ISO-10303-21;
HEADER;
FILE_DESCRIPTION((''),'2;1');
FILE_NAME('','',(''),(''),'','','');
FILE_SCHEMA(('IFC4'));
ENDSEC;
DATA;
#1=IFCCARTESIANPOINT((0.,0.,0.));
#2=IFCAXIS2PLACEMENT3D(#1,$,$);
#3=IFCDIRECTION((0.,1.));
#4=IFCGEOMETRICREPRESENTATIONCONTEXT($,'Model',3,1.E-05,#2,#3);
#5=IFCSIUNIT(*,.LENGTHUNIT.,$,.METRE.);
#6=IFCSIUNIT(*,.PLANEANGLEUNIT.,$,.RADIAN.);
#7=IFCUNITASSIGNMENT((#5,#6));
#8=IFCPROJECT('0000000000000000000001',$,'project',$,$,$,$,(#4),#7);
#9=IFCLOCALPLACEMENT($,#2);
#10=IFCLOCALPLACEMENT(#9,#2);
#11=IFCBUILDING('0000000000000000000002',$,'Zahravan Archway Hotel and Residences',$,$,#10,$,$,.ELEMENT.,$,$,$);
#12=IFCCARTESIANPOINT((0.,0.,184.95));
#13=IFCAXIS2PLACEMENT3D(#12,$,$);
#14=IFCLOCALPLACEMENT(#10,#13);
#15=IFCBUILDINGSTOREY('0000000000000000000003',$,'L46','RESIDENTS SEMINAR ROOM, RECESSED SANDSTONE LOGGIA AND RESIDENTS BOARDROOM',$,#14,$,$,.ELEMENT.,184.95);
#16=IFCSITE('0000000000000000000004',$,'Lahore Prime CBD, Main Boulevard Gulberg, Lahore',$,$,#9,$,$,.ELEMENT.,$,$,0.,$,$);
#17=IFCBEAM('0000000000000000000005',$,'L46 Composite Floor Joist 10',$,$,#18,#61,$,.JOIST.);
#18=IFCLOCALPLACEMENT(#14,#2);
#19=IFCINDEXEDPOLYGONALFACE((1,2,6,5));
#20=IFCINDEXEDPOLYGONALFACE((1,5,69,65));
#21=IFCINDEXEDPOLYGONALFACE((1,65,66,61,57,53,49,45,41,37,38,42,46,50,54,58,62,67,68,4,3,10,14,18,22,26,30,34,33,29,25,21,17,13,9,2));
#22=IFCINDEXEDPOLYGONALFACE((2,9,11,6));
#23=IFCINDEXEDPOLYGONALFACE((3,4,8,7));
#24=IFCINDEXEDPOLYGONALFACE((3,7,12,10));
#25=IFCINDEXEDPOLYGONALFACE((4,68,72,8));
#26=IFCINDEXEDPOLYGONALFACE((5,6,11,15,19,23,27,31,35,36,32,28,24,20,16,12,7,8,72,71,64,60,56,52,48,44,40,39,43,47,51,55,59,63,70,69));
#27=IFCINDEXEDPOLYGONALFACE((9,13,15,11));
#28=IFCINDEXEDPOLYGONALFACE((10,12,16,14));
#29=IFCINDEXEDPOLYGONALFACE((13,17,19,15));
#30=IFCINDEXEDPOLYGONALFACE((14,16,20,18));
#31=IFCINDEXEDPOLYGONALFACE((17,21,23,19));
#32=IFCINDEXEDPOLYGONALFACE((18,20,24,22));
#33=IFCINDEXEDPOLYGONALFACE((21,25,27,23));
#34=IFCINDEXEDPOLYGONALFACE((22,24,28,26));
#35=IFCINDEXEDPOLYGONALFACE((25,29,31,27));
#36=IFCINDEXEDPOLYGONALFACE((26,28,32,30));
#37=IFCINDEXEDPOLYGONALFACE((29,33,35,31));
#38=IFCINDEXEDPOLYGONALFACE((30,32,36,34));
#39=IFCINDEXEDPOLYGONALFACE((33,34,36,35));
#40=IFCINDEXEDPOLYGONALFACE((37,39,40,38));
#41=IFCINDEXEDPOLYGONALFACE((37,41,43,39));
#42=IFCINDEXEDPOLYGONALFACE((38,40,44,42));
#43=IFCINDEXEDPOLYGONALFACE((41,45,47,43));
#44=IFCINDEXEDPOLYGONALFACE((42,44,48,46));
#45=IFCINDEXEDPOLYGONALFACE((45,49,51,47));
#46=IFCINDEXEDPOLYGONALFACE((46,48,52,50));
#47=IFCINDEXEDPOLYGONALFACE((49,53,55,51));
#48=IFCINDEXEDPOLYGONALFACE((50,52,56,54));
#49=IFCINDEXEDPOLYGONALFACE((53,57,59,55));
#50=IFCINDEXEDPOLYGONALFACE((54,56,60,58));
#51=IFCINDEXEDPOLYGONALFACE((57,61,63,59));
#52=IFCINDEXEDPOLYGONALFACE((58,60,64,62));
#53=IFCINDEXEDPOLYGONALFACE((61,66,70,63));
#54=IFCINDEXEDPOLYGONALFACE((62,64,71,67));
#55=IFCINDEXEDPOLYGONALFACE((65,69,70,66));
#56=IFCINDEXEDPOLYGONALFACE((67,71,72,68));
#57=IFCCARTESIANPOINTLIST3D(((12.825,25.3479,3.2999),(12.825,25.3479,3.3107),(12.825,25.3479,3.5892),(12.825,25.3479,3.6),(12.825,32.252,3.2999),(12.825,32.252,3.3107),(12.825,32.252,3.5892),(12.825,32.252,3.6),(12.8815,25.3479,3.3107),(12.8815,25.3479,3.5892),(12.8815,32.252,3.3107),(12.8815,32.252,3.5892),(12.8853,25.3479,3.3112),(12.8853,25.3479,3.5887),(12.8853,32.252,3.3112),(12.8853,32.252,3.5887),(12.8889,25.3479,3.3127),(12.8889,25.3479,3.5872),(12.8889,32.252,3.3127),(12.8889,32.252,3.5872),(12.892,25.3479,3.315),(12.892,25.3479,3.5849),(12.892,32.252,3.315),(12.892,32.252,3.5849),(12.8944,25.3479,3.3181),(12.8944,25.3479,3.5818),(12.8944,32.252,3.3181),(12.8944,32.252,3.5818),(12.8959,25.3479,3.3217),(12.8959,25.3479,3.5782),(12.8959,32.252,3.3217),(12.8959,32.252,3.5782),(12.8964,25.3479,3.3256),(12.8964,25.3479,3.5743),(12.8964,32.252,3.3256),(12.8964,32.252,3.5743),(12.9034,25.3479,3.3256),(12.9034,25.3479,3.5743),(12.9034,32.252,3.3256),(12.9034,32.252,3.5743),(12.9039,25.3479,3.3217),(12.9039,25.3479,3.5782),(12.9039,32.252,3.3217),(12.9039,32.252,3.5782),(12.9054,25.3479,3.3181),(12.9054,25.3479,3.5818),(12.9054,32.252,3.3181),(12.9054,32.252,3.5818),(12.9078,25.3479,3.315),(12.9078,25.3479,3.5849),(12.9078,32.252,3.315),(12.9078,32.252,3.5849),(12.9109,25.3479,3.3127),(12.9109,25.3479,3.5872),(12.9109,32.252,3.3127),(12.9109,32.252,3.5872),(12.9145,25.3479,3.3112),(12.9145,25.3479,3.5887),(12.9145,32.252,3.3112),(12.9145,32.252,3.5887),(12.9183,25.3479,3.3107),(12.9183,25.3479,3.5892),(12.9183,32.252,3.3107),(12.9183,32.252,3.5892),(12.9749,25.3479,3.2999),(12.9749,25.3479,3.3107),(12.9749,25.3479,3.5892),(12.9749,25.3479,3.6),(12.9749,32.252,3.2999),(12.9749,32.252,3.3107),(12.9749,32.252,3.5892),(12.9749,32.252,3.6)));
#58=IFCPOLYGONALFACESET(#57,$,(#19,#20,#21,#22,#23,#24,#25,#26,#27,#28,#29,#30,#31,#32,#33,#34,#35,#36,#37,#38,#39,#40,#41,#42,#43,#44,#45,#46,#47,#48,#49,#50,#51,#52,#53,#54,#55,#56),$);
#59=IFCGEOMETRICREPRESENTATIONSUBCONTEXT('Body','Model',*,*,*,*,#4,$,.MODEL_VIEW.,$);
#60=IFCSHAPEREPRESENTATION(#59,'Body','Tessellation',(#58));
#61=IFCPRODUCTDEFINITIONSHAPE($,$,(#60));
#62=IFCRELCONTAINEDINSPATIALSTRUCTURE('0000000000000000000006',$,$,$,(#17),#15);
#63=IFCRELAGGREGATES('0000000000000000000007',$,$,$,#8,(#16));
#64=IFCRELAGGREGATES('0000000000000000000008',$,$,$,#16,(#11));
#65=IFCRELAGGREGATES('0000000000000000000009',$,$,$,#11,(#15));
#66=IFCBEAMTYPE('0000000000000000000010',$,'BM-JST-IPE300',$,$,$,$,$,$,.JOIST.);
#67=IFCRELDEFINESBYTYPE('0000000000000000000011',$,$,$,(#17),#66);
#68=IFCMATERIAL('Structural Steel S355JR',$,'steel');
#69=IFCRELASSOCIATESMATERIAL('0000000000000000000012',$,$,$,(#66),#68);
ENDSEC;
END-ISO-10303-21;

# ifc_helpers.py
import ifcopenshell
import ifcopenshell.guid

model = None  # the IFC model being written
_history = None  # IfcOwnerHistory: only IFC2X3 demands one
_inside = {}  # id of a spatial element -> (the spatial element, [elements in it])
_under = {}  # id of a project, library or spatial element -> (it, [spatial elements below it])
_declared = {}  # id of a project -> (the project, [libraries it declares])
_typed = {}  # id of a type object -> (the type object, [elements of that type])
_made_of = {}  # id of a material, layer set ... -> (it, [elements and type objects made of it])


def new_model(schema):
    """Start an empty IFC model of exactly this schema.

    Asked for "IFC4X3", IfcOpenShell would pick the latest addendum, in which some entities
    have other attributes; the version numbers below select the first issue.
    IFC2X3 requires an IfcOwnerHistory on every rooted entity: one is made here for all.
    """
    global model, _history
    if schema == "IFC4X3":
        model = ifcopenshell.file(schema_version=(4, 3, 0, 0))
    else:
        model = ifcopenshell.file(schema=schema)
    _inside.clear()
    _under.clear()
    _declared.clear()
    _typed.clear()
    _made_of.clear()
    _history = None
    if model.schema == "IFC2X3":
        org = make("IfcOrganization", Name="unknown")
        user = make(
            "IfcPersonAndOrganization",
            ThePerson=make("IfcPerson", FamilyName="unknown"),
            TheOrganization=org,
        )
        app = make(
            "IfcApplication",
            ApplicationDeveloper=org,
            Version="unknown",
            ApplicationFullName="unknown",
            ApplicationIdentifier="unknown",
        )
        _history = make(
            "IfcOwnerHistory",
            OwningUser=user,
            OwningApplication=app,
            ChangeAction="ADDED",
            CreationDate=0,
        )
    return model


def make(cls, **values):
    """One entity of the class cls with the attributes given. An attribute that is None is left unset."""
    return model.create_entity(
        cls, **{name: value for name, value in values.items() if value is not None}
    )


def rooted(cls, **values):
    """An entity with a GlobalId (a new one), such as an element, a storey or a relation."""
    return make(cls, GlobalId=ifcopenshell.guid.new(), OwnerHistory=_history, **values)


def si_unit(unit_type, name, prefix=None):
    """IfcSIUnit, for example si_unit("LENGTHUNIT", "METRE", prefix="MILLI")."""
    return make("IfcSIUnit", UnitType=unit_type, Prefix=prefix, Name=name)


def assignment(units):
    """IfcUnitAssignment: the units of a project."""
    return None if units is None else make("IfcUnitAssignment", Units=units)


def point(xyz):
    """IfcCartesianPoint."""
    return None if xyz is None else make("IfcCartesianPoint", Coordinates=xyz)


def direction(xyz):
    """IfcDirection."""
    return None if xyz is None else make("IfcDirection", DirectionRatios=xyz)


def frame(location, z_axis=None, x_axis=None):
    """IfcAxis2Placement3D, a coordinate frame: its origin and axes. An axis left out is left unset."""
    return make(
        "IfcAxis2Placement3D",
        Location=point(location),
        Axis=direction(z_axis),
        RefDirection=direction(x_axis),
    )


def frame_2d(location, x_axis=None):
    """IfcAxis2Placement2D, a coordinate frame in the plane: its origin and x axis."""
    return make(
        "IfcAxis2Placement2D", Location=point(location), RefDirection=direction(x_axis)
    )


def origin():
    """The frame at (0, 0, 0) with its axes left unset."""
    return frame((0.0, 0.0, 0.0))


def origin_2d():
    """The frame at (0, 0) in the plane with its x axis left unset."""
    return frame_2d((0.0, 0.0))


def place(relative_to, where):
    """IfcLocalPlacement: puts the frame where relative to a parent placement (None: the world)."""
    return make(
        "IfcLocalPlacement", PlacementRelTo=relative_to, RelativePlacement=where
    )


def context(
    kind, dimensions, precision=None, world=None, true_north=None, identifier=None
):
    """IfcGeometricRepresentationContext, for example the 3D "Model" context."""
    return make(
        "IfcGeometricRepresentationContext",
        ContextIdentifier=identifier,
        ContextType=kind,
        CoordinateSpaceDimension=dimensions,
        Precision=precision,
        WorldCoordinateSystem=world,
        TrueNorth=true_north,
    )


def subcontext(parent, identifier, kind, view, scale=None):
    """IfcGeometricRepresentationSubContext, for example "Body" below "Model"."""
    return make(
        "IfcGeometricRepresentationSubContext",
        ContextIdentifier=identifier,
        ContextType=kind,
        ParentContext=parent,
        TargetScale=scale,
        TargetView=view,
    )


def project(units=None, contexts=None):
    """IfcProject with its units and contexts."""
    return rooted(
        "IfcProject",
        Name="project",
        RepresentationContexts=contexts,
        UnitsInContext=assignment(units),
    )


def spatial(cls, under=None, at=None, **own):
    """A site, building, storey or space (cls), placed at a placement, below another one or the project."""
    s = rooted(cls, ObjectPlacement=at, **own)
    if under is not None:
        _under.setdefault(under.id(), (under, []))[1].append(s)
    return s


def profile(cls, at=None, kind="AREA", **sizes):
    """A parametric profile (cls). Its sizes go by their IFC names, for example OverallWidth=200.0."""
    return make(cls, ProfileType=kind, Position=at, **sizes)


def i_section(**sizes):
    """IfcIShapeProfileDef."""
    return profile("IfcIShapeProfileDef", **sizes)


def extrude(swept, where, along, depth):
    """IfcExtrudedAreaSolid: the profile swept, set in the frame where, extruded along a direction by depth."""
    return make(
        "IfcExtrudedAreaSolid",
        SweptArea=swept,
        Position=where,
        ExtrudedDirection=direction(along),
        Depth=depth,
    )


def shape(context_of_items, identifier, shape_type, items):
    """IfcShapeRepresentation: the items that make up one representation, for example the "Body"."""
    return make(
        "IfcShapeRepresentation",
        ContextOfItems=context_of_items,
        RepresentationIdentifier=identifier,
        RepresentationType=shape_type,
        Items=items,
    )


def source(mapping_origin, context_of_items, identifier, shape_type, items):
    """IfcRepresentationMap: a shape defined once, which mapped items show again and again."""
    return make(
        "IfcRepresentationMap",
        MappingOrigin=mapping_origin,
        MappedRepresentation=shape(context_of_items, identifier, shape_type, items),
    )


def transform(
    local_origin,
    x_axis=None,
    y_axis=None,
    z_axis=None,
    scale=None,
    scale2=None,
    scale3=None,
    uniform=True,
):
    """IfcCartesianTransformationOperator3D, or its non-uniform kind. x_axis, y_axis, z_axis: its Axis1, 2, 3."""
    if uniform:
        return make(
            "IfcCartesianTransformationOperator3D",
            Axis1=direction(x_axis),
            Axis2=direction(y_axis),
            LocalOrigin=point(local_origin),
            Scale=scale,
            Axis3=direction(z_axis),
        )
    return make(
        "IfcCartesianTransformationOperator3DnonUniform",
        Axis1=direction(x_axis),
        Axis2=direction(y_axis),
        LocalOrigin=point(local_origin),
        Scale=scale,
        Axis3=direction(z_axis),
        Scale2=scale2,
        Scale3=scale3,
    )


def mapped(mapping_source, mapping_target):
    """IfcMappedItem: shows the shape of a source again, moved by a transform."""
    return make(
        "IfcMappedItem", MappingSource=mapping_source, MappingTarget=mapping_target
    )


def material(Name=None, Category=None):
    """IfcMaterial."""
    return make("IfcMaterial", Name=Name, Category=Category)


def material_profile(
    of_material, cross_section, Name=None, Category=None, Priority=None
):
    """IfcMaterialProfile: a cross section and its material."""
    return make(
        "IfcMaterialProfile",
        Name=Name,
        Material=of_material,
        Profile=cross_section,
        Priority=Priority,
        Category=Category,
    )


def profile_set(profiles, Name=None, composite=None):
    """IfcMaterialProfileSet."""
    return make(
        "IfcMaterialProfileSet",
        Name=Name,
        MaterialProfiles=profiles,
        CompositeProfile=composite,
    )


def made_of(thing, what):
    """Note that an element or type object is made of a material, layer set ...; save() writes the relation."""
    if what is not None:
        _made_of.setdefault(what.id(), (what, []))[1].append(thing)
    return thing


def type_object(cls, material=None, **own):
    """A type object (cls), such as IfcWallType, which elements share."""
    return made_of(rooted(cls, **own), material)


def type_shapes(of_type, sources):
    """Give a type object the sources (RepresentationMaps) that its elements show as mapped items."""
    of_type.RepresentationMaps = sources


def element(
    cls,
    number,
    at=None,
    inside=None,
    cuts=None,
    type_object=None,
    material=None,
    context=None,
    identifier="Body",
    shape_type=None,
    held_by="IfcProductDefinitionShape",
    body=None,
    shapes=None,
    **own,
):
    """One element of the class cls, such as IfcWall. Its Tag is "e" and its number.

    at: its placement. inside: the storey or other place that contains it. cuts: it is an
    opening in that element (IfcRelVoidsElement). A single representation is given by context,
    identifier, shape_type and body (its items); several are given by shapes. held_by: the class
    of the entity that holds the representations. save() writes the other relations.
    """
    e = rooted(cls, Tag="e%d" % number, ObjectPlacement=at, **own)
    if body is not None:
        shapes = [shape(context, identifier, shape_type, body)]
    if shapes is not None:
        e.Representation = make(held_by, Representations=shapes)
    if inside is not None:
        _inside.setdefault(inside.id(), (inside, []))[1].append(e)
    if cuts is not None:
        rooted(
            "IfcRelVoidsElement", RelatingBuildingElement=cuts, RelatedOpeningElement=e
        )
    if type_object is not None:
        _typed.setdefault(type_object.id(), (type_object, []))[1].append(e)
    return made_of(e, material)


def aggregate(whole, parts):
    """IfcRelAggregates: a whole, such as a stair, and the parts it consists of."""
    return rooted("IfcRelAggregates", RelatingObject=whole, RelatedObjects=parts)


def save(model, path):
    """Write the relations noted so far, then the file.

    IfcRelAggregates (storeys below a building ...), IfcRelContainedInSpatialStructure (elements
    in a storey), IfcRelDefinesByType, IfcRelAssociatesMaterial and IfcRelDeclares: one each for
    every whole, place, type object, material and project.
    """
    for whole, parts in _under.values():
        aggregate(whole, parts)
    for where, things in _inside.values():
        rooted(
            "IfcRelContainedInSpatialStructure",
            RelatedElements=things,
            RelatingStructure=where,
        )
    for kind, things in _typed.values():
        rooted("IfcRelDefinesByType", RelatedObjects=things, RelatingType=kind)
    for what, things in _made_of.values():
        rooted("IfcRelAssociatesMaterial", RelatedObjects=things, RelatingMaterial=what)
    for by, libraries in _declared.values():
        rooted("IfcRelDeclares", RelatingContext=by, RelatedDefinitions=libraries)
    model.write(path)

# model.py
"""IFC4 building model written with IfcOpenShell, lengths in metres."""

from ifc_helpers import new_model, si_unit, direction, frame, origin, origin_2d, place, context, subcontext, project, spatial, i_section, extrude, source, transform, mapped, material, material_profile, profile_set, type_object, type_shapes, element, save


model = new_model("IFC4")

# Units and contexts
model_context = context("Model", 3, precision=1e-05, world=origin(), true_north=direction((0.0, 1.0)))
body_context = subcontext(model_context, "Body", "Model", "MODEL_VIEW")
ifc_project = project(units=[si_unit("LENGTHUNIT", "METRE"), si_unit("PLANEANGLEUNIT", "RADIAN")], contexts=[model_context])

# Site, building, storey
site_placement = place(None, origin())
site = spatial("IfcSite", under=ifc_project, at=site_placement, Name="Lahore Prime CBD, Main Boulevard Gulberg, Lahore", CompositionType="ELEMENT", RefElevation=0.0)
building_placement = place(site_placement, origin())
building = spatial("IfcBuilding", under=site, at=building_placement, Name="Zahravan Archway Hotel and Residences", CompositionType="ELEMENT")
storey_placement = place(building_placement, frame((0.0, 0.0, 184.95)))
storey = spatial("IfcBuildingStorey", under=building, at=storey_placement, Name="L46", Description="RESIDENTS SEMINAR ROOM, RECESSED SANDSTONE LOGGIA AND RESIDENTS BOARDROOM", CompositionType="ELEMENT", Elevation=184.95)

# Beam
ifc_material_1 = material(Name="Structural Steel S355JR", Category="steel")
ifc_material_profile_1 = material_profile(ifc_material_1, i_section(OverallWidth=0.1499, OverallDepth=0.3, WebThickness=0.0071, FlangeThickness=0.0107, FilletRadius=0.0149, at=origin_2d()), Name="IPE 300", Category="steel")
ifc_profile_set_1 = profile_set([ifc_material_profile_1], Name="Structural Steel S355JR")
beam_type_1 = type_object("IfcBeamType", Name="BM-JST-IPE300", PredefinedType="JOIST", material=ifc_profile_set_1)
shared_shape_1 = source(origin(), body_context, "Body", "SweptSolid", [
    extrude(i_section(OverallWidth=0.1499, OverallDepth=0.3, WebThickness=0.0071, FlangeThickness=0.0107, FilletRadius=0.0149, at=origin_2d()), origin(), (0.0, 0.0, 1.0), 6.9041),
])
type_shapes(beam_type_1, [shared_shape_1])
beam_1_placement = place(storey_placement, frame((12.8999, 25.3479, 3.45), z_axis=(0.0, 1.0, 0.0), x_axis=(-1.0, 0.0, 0.0)))
element("IfcBeam", 1, at=beam_1_placement, inside=storey, type_object=beam_type_1, Name="L46 Composite Floor Joist 10", PredefinedType="JOIST", context=body_context, shape_type="MappedRepresentation", body=[
    mapped(shared_shape_1, transform((0.0, 0.0, 0.0), scale=1.0)),
])

save(model, "model.ifc")
